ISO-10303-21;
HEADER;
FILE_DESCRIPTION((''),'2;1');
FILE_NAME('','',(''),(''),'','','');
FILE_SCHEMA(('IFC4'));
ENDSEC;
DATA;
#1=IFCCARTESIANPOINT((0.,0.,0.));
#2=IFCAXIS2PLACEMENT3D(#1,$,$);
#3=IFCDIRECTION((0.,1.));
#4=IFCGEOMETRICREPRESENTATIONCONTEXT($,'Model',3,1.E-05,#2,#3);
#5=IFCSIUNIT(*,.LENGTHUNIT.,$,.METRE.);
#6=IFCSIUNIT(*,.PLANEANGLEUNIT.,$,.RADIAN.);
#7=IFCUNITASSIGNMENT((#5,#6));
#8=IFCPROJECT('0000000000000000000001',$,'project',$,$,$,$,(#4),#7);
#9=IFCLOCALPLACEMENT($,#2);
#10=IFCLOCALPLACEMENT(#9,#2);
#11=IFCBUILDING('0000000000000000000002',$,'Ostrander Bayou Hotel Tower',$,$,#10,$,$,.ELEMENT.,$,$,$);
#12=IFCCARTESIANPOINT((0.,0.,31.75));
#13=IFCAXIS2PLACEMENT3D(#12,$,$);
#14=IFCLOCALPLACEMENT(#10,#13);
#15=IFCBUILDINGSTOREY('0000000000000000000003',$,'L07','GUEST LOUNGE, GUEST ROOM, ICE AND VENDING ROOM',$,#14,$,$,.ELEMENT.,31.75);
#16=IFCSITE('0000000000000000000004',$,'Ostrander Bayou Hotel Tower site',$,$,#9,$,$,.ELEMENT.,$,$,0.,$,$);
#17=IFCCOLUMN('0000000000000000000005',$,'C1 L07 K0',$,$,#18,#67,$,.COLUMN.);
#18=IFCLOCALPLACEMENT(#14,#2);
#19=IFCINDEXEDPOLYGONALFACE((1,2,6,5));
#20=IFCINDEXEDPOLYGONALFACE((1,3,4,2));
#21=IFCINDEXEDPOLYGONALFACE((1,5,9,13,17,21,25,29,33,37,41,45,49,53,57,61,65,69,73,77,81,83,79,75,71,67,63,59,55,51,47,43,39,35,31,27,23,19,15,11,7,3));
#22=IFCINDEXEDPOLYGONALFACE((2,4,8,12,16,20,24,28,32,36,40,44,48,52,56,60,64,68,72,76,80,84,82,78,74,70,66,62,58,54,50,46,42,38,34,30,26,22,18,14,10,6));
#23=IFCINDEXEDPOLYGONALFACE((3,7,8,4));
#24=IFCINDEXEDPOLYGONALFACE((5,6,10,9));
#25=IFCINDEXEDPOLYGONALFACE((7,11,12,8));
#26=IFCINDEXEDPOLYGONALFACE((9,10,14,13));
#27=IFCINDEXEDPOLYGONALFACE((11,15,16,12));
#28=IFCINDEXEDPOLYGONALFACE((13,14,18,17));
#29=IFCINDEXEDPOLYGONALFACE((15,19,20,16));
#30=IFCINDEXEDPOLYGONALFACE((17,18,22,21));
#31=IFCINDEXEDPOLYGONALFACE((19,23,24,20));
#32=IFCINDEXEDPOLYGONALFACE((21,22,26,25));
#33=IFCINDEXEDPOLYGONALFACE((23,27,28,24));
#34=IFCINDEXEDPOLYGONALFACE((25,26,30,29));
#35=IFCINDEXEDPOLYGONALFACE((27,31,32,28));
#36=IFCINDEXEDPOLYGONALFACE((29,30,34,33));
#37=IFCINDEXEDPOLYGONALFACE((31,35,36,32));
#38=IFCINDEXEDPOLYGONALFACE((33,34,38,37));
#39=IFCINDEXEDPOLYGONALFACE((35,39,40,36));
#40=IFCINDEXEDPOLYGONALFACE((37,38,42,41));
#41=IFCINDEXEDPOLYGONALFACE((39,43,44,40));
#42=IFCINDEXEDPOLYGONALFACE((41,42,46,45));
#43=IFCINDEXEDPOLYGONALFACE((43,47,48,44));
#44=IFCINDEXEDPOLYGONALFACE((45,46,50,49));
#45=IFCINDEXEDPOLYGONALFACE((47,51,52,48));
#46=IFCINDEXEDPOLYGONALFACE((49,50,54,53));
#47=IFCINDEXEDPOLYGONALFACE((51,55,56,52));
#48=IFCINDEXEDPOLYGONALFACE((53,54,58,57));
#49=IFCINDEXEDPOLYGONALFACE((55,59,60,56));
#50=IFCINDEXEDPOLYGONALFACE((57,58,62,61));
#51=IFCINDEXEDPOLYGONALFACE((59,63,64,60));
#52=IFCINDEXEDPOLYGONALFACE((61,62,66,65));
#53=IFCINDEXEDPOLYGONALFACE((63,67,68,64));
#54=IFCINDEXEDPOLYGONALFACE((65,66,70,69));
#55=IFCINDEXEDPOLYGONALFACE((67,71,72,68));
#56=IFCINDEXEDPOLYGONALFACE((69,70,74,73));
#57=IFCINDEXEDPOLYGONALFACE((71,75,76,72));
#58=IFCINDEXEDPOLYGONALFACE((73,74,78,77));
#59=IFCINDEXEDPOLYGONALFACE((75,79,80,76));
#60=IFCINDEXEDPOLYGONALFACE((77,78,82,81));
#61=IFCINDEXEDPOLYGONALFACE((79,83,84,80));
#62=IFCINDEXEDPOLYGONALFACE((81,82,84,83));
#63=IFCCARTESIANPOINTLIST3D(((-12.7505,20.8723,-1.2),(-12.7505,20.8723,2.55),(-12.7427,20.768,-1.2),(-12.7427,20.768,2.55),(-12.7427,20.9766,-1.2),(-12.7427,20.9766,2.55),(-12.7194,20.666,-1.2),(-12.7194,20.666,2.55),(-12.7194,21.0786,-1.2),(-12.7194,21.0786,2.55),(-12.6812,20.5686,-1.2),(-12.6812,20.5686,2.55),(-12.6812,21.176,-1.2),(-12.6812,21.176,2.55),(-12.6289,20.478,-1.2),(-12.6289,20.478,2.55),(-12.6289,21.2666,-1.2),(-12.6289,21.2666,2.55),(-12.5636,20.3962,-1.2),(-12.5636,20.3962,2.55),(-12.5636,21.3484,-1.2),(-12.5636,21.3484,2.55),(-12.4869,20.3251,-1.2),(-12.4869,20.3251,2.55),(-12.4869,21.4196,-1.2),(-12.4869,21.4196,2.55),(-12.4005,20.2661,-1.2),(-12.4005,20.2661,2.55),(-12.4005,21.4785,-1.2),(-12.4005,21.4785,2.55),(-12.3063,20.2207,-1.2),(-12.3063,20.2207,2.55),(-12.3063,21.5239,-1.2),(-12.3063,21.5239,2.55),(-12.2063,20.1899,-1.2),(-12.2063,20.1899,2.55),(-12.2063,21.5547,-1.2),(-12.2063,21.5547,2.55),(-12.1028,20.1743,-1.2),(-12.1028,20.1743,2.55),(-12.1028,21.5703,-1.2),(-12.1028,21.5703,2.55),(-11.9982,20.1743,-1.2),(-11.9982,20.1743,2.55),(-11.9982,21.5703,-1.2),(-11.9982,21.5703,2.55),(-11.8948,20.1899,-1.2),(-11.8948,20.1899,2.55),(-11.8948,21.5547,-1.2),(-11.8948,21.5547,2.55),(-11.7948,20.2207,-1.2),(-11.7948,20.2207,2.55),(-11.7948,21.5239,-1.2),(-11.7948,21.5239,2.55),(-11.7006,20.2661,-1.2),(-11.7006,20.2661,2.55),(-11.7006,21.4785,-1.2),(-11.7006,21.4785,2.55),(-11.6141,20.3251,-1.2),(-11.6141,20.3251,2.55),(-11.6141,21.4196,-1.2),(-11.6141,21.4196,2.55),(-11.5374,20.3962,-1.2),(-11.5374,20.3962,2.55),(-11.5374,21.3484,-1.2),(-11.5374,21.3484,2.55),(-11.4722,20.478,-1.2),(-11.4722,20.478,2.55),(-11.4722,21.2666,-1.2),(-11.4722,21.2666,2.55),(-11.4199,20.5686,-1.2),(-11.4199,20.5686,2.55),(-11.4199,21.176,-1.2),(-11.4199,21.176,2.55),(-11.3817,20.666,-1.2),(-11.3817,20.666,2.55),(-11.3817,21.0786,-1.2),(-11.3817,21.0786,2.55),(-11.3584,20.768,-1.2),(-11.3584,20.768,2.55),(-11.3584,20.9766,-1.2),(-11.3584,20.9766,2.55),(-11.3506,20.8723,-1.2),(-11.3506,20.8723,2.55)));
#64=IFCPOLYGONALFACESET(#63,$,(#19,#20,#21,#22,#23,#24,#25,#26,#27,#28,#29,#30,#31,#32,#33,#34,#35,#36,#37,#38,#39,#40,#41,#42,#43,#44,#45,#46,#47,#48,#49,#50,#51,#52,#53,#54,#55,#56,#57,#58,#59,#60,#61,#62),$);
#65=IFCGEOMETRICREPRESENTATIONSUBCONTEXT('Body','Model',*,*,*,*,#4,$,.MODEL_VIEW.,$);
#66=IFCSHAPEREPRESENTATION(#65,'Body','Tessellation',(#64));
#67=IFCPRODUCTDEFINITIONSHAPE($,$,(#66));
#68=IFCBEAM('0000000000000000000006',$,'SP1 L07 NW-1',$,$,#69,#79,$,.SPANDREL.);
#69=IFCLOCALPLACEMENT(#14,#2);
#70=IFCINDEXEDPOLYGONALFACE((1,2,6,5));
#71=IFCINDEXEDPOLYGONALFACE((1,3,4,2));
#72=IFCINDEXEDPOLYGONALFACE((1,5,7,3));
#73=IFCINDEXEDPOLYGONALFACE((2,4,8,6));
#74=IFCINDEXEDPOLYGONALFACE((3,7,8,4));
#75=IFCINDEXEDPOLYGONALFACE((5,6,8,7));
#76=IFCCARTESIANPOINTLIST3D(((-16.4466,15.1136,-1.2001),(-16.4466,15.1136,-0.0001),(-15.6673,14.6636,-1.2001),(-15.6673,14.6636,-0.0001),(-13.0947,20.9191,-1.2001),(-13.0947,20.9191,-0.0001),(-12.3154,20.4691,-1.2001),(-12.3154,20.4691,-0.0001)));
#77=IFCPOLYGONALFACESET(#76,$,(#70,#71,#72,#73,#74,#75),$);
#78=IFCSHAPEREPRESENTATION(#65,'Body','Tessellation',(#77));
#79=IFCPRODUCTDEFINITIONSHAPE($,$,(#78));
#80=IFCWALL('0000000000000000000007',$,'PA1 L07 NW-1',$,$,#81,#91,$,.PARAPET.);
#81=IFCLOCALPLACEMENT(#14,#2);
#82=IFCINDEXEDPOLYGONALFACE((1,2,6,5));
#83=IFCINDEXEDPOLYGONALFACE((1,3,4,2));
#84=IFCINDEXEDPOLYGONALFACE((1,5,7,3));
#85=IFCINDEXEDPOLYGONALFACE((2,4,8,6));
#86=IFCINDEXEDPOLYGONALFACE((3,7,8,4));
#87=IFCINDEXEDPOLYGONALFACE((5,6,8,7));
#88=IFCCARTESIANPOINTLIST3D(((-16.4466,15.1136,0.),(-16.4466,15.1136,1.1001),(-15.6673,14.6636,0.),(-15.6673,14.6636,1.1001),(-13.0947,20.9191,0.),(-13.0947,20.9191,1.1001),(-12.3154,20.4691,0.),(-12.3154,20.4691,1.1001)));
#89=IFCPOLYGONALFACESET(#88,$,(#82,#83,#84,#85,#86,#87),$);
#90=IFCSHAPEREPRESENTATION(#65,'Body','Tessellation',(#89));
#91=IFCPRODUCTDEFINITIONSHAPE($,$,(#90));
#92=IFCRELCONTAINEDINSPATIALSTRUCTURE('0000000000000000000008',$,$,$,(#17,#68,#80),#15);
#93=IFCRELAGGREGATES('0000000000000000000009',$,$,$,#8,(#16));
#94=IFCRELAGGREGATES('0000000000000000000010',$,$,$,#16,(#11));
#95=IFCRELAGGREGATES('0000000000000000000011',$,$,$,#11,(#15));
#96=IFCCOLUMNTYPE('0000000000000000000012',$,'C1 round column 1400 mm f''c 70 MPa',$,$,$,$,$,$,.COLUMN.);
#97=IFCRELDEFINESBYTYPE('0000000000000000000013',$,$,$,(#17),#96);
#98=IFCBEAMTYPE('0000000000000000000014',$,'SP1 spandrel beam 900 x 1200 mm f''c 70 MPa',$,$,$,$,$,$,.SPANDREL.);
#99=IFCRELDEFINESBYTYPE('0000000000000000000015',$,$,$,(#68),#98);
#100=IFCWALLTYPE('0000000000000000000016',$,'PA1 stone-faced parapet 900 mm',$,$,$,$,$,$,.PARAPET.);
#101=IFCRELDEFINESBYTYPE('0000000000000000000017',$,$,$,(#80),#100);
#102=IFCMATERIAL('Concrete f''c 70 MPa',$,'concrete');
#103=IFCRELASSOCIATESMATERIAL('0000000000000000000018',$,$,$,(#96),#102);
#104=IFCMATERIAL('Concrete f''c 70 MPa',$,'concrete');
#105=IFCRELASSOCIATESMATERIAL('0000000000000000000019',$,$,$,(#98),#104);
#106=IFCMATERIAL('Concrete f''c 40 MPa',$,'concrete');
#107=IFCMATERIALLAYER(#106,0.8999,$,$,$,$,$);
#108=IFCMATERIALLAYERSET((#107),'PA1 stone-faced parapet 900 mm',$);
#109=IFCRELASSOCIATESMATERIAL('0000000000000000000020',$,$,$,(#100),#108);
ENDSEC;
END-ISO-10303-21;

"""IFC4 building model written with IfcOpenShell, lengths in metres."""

from ifc_helpers import new_model, si_unit, direction, frame, frame_2d, origin, origin_2d, place, context, subcontext, project, spatial, rectangle, circle, extrude, material, layer, layer_set, material_profile, profile_set, type_object, element, save


model = new_model("IFC4")

# Units and contexts
model_context = context("Model", 3, precision=1e-05, world=origin(), true_north=direction((0.0, 1.0)))
body_context = subcontext(model_context, "Body", "Model", "MODEL_VIEW")
ifc_project = project(units=[si_unit("LENGTHUNIT", "METRE"), si_unit("PLANEANGLEUNIT", "RADIAN")], contexts=[model_context])

# Site, building, storey
site_placement = place(None, origin())
site = spatial("IfcSite", under=ifc_project, at=site_placement, Name="Ostrander Bayou Hotel Tower site", CompositionType="ELEMENT", RefElevation=0.0)
building_placement = place(site_placement, origin())
building = spatial("IfcBuilding", under=site, at=building_placement, Name="Ostrander Bayou Hotel Tower", CompositionType="ELEMENT")
storey_placement = place(building_placement, frame((0.0, 0.0, 31.75)))
storey = spatial("IfcBuildingStorey", under=building, at=storey_placement, Name="L07", Description="GUEST LOUNGE, GUEST ROOM, ICE AND VENDING ROOM", CompositionType="ELEMENT", Elevation=31.75)

# Column
ifc_material_1 = material(Name="Concrete f'c 70 MPa", Category="concrete")
ifc_material_profile_1 = material_profile(ifc_material_1, circle(Radius=0.7, at=origin_2d()))
ifc_profile_set_1 = profile_set([ifc_material_profile_1], Name="Concrete f'c 70 MPa")
column_type = type_object("IfcColumnType", Name="C1 round column 1400 mm f'c 70 MPa", PredefinedType="COLUMN", material=ifc_profile_set_1)
column_placement = place(storey_placement, frame((-12.0505, 20.8723, -1.2), z_axis=(0.0, 0.0, 1.0), x_axis=(1.0, 0.0, 0.0)))
element("IfcColumn", 1, at=column_placement, inside=storey, type_object=column_type, Name="C1 L07 K0", PredefinedType="COLUMN", context=body_context, shape_type="SweptSolid", body=[
    extrude(circle(Radius=0.7, at=origin_2d()), origin(), (0.0, 0.0, 1.0), 3.75),
])

# Beam
ifc_material_2 = material(Name="Concrete f'c 70 MPa", Category="concrete")
ifc_material_profile_2 = material_profile(ifc_material_2, rectangle(XDim=0.8999, YDim=1.2, at=origin_2d()))
ifc_profile_set_2 = profile_set([ifc_material_profile_2], Name="Concrete f'c 70 MPa")
beam_type = type_object("IfcBeamType", Name="SP1 spandrel beam 900 x 1200 mm f'c 70 MPa", PredefinedType="SPANDREL", material=ifc_profile_set_2)
beam_placement = place(storey_placement, frame((-12.7051, 20.6941, -0.6001), z_axis=(-0.500005, -0.866022, 0.0), x_axis=(0.866022, -0.500005, 0.0)))
element("IfcBeam", 2, at=beam_placement, inside=storey, type_object=beam_type, Name="SP1 L07 NW-1", PredefinedType="SPANDREL", context=body_context, shape_type="SweptSolid", body=[
    extrude(rectangle(XDim=0.8999, YDim=1.2, at=origin_2d()), origin(), (0.0, 0.0, 1.0), 6.7036),
])

# Wall
ifc_material_3 = material(Name="Concrete f'c 40 MPa", Category="concrete")
ifc_layer_1 = layer(ifc_material_3, 0.8999)
ifc_layer_set_1 = layer_set([ifc_layer_1], Name="PA1 stone-faced parapet 900 mm")
wall_type_1 = type_object("IfcWallType", Name="PA1 stone-faced parapet 900 mm", PredefinedType="PARAPET", material=ifc_layer_set_1)
wall_1_placement = place(storey_placement, frame((-12.7051, 20.6941, 0.0), z_axis=(0.0, 0.0, 1.0), x_axis=(-0.500005, -0.866022, 0.0)))
element("IfcWall", 3, at=wall_1_placement, inside=storey, type_object=wall_type_1, Name="PA1 L07 NW-1", PredefinedType="PARAPET", context=body_context, shape_type="SweptSolid", body=[
    extrude(rectangle(XDim=6.7036, YDim=0.8999, at=frame_2d((3.3518, 0.0))), origin(), (0.0, 0.0, 1.0), 1.1001),
])

save(model, "model.ifc")
